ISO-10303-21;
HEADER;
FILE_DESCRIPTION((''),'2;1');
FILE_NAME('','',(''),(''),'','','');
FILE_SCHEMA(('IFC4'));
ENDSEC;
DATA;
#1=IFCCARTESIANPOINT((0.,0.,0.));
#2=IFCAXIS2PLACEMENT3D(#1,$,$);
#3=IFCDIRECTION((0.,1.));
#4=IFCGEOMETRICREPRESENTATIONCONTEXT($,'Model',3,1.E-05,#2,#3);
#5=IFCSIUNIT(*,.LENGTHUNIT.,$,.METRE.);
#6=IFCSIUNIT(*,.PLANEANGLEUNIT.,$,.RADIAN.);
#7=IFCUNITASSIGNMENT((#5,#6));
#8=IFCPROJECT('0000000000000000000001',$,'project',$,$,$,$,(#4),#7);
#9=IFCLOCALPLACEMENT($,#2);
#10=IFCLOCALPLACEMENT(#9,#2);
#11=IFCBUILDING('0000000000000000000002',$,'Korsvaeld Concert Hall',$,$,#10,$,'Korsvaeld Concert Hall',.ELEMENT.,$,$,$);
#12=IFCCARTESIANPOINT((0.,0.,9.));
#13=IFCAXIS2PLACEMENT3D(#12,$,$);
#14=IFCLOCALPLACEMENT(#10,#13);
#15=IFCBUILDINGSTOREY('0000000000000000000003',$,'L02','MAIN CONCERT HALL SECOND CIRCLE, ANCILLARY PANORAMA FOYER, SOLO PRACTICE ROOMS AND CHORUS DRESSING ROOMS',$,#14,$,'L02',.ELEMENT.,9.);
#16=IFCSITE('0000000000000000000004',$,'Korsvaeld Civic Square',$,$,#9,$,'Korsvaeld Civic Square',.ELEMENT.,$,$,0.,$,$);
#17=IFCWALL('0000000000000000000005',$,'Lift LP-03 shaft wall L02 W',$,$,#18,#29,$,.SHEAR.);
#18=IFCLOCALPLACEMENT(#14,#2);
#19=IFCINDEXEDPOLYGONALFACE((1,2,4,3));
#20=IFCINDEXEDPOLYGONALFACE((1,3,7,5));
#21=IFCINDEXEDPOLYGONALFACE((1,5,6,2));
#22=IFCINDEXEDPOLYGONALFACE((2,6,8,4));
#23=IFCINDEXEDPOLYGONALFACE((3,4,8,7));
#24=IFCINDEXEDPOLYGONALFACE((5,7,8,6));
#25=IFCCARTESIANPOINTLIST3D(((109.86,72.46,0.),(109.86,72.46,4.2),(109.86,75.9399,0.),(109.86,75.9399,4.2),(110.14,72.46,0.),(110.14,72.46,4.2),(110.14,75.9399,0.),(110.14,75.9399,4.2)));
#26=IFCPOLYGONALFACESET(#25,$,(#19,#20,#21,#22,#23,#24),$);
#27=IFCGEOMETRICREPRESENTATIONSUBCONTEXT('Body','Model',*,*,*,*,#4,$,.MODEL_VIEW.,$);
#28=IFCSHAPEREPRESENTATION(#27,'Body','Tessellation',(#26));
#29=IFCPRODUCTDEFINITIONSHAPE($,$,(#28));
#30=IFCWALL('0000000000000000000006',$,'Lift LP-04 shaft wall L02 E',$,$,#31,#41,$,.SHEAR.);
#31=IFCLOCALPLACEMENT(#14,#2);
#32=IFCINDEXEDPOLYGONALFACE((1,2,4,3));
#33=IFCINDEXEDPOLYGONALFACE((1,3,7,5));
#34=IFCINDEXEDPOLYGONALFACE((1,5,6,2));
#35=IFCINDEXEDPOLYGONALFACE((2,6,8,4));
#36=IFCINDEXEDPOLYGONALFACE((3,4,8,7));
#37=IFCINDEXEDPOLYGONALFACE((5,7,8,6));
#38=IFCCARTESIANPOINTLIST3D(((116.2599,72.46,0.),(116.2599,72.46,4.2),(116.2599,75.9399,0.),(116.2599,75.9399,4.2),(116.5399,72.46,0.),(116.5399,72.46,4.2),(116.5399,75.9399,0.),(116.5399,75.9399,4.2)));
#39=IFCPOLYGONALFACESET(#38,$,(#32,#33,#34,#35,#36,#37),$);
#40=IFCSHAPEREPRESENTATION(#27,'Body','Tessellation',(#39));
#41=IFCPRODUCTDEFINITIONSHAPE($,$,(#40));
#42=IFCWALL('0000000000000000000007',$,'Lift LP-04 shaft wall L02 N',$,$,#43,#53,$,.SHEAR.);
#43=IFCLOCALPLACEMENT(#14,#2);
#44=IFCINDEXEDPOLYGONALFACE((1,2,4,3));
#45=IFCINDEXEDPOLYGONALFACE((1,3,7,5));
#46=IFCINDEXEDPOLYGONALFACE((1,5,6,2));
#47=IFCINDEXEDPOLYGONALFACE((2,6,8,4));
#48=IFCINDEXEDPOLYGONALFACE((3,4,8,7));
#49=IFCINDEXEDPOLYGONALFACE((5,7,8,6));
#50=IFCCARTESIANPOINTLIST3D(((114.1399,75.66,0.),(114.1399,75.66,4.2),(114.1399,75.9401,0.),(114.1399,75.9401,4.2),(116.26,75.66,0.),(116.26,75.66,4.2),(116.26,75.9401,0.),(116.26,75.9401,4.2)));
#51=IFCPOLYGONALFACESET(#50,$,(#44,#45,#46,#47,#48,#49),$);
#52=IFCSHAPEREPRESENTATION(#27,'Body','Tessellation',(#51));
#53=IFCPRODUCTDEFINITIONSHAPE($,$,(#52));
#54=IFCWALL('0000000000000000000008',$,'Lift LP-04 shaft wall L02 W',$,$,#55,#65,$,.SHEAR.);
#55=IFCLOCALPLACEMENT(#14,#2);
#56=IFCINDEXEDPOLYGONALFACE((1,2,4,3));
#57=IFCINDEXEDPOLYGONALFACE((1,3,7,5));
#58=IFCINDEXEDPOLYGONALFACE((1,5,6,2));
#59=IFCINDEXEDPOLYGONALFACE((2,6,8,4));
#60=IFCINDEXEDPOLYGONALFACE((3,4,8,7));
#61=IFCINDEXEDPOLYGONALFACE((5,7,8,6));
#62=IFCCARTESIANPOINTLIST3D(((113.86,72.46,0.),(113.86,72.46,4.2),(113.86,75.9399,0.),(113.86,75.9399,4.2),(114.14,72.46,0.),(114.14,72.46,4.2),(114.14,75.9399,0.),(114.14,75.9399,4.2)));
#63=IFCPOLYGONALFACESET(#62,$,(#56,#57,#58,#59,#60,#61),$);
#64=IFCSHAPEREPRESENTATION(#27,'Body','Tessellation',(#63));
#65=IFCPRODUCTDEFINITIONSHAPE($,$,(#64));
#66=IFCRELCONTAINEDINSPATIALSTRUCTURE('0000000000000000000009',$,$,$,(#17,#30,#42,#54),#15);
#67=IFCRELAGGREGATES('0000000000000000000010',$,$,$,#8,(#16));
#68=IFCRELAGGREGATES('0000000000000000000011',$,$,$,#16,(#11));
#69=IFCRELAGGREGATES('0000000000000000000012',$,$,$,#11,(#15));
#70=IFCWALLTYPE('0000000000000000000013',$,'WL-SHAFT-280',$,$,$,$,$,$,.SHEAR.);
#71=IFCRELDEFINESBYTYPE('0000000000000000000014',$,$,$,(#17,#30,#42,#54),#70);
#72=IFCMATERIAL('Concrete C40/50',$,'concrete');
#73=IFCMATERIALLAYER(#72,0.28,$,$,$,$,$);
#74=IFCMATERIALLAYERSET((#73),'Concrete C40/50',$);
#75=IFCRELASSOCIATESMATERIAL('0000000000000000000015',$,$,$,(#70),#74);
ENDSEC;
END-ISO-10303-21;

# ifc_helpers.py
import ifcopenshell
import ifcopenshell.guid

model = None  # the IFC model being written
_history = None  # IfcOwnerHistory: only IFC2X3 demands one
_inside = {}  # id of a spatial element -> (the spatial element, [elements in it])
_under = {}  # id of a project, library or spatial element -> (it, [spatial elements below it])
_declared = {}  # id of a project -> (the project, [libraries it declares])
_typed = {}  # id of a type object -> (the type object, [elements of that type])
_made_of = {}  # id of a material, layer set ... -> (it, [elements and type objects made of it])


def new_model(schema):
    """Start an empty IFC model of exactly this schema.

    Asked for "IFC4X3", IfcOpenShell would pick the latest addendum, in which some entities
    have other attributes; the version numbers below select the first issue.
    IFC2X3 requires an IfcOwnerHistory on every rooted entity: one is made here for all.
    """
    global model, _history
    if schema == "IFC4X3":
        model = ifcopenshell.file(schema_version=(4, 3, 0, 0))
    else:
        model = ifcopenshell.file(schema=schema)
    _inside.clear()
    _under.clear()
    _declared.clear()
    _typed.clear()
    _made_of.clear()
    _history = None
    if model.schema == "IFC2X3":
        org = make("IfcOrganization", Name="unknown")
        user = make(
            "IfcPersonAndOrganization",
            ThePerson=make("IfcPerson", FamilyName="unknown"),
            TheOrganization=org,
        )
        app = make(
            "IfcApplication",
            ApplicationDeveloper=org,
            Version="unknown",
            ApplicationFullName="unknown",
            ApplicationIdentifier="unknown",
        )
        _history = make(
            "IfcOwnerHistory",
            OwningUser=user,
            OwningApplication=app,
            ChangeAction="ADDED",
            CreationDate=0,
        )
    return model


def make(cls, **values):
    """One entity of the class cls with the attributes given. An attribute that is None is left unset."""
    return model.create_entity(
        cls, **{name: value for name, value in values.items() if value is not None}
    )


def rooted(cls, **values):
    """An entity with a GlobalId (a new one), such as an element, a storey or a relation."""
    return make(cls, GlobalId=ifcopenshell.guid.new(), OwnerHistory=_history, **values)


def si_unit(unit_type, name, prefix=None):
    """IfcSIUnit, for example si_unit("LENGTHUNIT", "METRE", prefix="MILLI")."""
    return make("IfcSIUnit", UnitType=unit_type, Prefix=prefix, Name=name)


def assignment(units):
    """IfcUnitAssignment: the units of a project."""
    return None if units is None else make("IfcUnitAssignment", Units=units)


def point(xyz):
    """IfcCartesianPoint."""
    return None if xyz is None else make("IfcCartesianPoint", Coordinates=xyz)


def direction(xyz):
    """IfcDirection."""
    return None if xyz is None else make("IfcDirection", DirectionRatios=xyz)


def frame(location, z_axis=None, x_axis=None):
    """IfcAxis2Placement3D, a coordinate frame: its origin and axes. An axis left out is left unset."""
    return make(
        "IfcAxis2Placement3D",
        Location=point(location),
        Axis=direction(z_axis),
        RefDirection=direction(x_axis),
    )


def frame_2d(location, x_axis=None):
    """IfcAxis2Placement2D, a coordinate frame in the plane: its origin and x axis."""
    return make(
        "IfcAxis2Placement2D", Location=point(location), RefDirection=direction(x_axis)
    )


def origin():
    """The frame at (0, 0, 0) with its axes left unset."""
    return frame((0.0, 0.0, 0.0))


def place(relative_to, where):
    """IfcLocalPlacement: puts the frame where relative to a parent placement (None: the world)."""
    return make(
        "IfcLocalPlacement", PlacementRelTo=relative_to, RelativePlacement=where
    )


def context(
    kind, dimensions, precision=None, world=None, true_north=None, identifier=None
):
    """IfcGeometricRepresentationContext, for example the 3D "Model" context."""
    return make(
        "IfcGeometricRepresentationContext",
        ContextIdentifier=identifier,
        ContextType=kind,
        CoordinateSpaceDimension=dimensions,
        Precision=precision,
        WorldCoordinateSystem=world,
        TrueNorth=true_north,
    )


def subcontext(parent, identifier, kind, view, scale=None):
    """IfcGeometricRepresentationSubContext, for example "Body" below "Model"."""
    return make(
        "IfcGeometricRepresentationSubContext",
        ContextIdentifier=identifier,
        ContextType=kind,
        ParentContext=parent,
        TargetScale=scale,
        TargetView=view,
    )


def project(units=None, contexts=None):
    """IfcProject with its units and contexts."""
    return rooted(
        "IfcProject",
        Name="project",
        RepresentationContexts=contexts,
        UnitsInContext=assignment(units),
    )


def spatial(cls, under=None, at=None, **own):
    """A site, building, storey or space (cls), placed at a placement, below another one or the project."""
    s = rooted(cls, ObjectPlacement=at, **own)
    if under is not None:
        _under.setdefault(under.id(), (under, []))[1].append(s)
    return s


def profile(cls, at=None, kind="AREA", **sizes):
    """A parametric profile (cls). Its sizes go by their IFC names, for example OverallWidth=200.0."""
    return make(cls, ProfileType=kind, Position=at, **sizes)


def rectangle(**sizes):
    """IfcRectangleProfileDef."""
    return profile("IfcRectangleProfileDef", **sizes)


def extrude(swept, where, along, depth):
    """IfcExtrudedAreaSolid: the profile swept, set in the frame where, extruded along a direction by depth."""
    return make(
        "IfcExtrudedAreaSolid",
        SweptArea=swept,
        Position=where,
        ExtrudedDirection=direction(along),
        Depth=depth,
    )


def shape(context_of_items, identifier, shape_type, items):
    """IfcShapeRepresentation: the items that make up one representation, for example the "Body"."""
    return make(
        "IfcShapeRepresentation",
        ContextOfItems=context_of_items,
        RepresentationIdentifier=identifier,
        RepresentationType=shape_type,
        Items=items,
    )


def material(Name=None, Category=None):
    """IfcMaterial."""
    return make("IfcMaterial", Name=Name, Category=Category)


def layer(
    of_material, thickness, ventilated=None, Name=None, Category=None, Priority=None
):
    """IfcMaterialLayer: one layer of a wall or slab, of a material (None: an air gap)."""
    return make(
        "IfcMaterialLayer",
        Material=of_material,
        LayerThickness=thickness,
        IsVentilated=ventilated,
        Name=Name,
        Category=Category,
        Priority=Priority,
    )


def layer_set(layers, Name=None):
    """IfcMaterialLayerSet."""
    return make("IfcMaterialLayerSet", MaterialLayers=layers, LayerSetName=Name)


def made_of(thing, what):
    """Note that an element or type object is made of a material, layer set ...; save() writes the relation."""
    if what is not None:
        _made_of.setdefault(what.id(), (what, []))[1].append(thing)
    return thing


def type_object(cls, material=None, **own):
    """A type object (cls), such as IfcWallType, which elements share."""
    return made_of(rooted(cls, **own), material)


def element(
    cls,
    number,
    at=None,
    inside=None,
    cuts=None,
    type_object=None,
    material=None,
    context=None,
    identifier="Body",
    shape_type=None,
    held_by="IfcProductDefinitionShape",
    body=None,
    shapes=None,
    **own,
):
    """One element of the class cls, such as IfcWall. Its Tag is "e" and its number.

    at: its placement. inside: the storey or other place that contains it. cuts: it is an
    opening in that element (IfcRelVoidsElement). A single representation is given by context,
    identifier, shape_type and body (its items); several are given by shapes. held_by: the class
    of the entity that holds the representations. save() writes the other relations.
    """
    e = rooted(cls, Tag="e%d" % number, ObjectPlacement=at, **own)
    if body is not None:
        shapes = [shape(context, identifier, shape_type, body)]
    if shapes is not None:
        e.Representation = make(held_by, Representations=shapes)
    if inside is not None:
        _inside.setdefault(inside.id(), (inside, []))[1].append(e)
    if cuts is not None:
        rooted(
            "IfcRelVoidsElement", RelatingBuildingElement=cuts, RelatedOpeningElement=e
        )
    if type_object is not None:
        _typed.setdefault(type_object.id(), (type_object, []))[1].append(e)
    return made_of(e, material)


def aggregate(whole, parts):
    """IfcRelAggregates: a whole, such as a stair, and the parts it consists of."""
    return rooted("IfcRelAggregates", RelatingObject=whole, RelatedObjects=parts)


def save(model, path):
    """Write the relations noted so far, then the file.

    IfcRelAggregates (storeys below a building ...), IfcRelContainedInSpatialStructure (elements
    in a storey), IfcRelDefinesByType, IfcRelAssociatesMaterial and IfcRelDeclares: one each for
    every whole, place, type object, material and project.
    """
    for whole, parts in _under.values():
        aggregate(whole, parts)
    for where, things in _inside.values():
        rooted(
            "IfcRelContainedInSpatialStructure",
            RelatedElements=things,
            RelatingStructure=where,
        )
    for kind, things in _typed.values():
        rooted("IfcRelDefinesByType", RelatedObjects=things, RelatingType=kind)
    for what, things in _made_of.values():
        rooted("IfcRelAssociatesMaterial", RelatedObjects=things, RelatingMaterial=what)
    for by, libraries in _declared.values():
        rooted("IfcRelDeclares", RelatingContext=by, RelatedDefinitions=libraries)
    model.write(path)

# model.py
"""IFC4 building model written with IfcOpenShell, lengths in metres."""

from ifc_helpers import new_model, si_unit, direction, frame, frame_2d, origin, place, context, subcontext, project, spatial, rectangle, extrude, material, layer, layer_set, type_object, element, save


model = new_model("IFC4")

# Units and contexts
model_context = context("Model", 3, precision=1e-05, world=origin(), true_north=direction((0.0, 1.0)))
body_context = subcontext(model_context, "Body", "Model", "MODEL_VIEW")
ifc_project = project(units=[si_unit("LENGTHUNIT", "METRE"), si_unit("PLANEANGLEUNIT", "RADIAN")], contexts=[model_context])

# Site, building, storey
site_placement = place(None, origin())
site = spatial("IfcSite", under=ifc_project, at=site_placement, Name="Korsvaeld Civic Square", LongName="Korsvaeld Civic Square", CompositionType="ELEMENT", RefElevation=0.0)
building_placement = place(site_placement, origin())
building = spatial("IfcBuilding", under=site, at=building_placement, Name="Korsvaeld Concert Hall", LongName="Korsvaeld Concert Hall", CompositionType="ELEMENT")
storey_placement = place(building_placement, frame((0.0, 0.0, 9.0)))
storey = spatial("IfcBuildingStorey", under=building, at=storey_placement, Name="L02", Description="MAIN CONCERT HALL SECOND CIRCLE, ANCILLARY PANORAMA FOYER, SOLO PRACTICE ROOMS AND CHORUS DRESSING ROOMS", LongName="L02", CompositionType="ELEMENT", Elevation=9.0)

# Shared definitions
ifc_material_1 = material(Name="Concrete C40/50", Category="concrete")

# Shared definitions
ifc_layer_1 = layer(ifc_material_1, 0.28)
ifc_layer_set_1 = layer_set([ifc_layer_1], Name="Concrete C40/50")
wall_type_1 = type_object("IfcWallType", Name="WL-SHAFT-280", PredefinedType="SHEAR", material=ifc_layer_set_1)

# Wall
wall_1_placement = place(storey_placement, frame((110.0, 75.9399, 0.0), z_axis=(0.0, 0.0, 1.0), x_axis=(0.0, -1.0, 0.0)))
element("IfcWall", 1, at=wall_1_placement, inside=storey, type_object=wall_type_1, Name="Lift LP-03 shaft wall L02 W", PredefinedType="SHEAR", context=body_context, shape_type="SweptSolid", body=[
    extrude(rectangle(XDim=3.48, YDim=0.28, at=frame_2d((1.74, 0.0))), origin(), (0.0, 0.0, 1.0), 4.2),
])

# Walls
wall_2_placement = place(storey_placement, frame((116.3999, 72.46, 0.0), z_axis=(0.0, 0.0, 1.0), x_axis=(0.0, 1.0, 0.0)))
element("IfcWall", 2, at=wall_2_placement, inside=storey, type_object=wall_type_1, Name="Lift LP-04 shaft wall L02 E", PredefinedType="SHEAR", context=body_context, shape_type="SweptSolid", body=[
    extrude(rectangle(XDim=3.48, YDim=0.28, at=frame_2d((1.74, 0.0))), origin(), (0.0, 0.0, 1.0), 4.2),
])
wall_3_placement = place(storey_placement, frame((116.26, 75.8, 0.0), z_axis=(0.0, 0.0, 1.0), x_axis=(-1.0, 0.0, 0.0)))
element("IfcWall", 3, at=wall_3_placement, inside=storey, type_object=wall_type_1, Name="Lift LP-04 shaft wall L02 N", PredefinedType="SHEAR", context=body_context, shape_type="SweptSolid", body=[
    extrude(rectangle(XDim=2.1201, YDim=0.28, at=frame_2d((1.0601, 0.0))), origin(), (0.0, 0.0, 1.0), 4.2),
])
wall_4_placement = place(storey_placement, frame((114.0, 75.9399, 0.0), z_axis=(0.0, 0.0, 1.0), x_axis=(0.0, -1.0, 0.0)))
element("IfcWall", 4, at=wall_4_placement, inside=storey, type_object=wall_type_1, Name="Lift LP-04 shaft wall L02 W", PredefinedType="SHEAR", context=body_context, shape_type="SweptSolid", body=[
    extrude(rectangle(XDim=3.48, YDim=0.28, at=frame_2d((1.74, 0.0))), origin(), (0.0, 0.0, 1.0), 4.2),
])

save(model, "model.ifc")
